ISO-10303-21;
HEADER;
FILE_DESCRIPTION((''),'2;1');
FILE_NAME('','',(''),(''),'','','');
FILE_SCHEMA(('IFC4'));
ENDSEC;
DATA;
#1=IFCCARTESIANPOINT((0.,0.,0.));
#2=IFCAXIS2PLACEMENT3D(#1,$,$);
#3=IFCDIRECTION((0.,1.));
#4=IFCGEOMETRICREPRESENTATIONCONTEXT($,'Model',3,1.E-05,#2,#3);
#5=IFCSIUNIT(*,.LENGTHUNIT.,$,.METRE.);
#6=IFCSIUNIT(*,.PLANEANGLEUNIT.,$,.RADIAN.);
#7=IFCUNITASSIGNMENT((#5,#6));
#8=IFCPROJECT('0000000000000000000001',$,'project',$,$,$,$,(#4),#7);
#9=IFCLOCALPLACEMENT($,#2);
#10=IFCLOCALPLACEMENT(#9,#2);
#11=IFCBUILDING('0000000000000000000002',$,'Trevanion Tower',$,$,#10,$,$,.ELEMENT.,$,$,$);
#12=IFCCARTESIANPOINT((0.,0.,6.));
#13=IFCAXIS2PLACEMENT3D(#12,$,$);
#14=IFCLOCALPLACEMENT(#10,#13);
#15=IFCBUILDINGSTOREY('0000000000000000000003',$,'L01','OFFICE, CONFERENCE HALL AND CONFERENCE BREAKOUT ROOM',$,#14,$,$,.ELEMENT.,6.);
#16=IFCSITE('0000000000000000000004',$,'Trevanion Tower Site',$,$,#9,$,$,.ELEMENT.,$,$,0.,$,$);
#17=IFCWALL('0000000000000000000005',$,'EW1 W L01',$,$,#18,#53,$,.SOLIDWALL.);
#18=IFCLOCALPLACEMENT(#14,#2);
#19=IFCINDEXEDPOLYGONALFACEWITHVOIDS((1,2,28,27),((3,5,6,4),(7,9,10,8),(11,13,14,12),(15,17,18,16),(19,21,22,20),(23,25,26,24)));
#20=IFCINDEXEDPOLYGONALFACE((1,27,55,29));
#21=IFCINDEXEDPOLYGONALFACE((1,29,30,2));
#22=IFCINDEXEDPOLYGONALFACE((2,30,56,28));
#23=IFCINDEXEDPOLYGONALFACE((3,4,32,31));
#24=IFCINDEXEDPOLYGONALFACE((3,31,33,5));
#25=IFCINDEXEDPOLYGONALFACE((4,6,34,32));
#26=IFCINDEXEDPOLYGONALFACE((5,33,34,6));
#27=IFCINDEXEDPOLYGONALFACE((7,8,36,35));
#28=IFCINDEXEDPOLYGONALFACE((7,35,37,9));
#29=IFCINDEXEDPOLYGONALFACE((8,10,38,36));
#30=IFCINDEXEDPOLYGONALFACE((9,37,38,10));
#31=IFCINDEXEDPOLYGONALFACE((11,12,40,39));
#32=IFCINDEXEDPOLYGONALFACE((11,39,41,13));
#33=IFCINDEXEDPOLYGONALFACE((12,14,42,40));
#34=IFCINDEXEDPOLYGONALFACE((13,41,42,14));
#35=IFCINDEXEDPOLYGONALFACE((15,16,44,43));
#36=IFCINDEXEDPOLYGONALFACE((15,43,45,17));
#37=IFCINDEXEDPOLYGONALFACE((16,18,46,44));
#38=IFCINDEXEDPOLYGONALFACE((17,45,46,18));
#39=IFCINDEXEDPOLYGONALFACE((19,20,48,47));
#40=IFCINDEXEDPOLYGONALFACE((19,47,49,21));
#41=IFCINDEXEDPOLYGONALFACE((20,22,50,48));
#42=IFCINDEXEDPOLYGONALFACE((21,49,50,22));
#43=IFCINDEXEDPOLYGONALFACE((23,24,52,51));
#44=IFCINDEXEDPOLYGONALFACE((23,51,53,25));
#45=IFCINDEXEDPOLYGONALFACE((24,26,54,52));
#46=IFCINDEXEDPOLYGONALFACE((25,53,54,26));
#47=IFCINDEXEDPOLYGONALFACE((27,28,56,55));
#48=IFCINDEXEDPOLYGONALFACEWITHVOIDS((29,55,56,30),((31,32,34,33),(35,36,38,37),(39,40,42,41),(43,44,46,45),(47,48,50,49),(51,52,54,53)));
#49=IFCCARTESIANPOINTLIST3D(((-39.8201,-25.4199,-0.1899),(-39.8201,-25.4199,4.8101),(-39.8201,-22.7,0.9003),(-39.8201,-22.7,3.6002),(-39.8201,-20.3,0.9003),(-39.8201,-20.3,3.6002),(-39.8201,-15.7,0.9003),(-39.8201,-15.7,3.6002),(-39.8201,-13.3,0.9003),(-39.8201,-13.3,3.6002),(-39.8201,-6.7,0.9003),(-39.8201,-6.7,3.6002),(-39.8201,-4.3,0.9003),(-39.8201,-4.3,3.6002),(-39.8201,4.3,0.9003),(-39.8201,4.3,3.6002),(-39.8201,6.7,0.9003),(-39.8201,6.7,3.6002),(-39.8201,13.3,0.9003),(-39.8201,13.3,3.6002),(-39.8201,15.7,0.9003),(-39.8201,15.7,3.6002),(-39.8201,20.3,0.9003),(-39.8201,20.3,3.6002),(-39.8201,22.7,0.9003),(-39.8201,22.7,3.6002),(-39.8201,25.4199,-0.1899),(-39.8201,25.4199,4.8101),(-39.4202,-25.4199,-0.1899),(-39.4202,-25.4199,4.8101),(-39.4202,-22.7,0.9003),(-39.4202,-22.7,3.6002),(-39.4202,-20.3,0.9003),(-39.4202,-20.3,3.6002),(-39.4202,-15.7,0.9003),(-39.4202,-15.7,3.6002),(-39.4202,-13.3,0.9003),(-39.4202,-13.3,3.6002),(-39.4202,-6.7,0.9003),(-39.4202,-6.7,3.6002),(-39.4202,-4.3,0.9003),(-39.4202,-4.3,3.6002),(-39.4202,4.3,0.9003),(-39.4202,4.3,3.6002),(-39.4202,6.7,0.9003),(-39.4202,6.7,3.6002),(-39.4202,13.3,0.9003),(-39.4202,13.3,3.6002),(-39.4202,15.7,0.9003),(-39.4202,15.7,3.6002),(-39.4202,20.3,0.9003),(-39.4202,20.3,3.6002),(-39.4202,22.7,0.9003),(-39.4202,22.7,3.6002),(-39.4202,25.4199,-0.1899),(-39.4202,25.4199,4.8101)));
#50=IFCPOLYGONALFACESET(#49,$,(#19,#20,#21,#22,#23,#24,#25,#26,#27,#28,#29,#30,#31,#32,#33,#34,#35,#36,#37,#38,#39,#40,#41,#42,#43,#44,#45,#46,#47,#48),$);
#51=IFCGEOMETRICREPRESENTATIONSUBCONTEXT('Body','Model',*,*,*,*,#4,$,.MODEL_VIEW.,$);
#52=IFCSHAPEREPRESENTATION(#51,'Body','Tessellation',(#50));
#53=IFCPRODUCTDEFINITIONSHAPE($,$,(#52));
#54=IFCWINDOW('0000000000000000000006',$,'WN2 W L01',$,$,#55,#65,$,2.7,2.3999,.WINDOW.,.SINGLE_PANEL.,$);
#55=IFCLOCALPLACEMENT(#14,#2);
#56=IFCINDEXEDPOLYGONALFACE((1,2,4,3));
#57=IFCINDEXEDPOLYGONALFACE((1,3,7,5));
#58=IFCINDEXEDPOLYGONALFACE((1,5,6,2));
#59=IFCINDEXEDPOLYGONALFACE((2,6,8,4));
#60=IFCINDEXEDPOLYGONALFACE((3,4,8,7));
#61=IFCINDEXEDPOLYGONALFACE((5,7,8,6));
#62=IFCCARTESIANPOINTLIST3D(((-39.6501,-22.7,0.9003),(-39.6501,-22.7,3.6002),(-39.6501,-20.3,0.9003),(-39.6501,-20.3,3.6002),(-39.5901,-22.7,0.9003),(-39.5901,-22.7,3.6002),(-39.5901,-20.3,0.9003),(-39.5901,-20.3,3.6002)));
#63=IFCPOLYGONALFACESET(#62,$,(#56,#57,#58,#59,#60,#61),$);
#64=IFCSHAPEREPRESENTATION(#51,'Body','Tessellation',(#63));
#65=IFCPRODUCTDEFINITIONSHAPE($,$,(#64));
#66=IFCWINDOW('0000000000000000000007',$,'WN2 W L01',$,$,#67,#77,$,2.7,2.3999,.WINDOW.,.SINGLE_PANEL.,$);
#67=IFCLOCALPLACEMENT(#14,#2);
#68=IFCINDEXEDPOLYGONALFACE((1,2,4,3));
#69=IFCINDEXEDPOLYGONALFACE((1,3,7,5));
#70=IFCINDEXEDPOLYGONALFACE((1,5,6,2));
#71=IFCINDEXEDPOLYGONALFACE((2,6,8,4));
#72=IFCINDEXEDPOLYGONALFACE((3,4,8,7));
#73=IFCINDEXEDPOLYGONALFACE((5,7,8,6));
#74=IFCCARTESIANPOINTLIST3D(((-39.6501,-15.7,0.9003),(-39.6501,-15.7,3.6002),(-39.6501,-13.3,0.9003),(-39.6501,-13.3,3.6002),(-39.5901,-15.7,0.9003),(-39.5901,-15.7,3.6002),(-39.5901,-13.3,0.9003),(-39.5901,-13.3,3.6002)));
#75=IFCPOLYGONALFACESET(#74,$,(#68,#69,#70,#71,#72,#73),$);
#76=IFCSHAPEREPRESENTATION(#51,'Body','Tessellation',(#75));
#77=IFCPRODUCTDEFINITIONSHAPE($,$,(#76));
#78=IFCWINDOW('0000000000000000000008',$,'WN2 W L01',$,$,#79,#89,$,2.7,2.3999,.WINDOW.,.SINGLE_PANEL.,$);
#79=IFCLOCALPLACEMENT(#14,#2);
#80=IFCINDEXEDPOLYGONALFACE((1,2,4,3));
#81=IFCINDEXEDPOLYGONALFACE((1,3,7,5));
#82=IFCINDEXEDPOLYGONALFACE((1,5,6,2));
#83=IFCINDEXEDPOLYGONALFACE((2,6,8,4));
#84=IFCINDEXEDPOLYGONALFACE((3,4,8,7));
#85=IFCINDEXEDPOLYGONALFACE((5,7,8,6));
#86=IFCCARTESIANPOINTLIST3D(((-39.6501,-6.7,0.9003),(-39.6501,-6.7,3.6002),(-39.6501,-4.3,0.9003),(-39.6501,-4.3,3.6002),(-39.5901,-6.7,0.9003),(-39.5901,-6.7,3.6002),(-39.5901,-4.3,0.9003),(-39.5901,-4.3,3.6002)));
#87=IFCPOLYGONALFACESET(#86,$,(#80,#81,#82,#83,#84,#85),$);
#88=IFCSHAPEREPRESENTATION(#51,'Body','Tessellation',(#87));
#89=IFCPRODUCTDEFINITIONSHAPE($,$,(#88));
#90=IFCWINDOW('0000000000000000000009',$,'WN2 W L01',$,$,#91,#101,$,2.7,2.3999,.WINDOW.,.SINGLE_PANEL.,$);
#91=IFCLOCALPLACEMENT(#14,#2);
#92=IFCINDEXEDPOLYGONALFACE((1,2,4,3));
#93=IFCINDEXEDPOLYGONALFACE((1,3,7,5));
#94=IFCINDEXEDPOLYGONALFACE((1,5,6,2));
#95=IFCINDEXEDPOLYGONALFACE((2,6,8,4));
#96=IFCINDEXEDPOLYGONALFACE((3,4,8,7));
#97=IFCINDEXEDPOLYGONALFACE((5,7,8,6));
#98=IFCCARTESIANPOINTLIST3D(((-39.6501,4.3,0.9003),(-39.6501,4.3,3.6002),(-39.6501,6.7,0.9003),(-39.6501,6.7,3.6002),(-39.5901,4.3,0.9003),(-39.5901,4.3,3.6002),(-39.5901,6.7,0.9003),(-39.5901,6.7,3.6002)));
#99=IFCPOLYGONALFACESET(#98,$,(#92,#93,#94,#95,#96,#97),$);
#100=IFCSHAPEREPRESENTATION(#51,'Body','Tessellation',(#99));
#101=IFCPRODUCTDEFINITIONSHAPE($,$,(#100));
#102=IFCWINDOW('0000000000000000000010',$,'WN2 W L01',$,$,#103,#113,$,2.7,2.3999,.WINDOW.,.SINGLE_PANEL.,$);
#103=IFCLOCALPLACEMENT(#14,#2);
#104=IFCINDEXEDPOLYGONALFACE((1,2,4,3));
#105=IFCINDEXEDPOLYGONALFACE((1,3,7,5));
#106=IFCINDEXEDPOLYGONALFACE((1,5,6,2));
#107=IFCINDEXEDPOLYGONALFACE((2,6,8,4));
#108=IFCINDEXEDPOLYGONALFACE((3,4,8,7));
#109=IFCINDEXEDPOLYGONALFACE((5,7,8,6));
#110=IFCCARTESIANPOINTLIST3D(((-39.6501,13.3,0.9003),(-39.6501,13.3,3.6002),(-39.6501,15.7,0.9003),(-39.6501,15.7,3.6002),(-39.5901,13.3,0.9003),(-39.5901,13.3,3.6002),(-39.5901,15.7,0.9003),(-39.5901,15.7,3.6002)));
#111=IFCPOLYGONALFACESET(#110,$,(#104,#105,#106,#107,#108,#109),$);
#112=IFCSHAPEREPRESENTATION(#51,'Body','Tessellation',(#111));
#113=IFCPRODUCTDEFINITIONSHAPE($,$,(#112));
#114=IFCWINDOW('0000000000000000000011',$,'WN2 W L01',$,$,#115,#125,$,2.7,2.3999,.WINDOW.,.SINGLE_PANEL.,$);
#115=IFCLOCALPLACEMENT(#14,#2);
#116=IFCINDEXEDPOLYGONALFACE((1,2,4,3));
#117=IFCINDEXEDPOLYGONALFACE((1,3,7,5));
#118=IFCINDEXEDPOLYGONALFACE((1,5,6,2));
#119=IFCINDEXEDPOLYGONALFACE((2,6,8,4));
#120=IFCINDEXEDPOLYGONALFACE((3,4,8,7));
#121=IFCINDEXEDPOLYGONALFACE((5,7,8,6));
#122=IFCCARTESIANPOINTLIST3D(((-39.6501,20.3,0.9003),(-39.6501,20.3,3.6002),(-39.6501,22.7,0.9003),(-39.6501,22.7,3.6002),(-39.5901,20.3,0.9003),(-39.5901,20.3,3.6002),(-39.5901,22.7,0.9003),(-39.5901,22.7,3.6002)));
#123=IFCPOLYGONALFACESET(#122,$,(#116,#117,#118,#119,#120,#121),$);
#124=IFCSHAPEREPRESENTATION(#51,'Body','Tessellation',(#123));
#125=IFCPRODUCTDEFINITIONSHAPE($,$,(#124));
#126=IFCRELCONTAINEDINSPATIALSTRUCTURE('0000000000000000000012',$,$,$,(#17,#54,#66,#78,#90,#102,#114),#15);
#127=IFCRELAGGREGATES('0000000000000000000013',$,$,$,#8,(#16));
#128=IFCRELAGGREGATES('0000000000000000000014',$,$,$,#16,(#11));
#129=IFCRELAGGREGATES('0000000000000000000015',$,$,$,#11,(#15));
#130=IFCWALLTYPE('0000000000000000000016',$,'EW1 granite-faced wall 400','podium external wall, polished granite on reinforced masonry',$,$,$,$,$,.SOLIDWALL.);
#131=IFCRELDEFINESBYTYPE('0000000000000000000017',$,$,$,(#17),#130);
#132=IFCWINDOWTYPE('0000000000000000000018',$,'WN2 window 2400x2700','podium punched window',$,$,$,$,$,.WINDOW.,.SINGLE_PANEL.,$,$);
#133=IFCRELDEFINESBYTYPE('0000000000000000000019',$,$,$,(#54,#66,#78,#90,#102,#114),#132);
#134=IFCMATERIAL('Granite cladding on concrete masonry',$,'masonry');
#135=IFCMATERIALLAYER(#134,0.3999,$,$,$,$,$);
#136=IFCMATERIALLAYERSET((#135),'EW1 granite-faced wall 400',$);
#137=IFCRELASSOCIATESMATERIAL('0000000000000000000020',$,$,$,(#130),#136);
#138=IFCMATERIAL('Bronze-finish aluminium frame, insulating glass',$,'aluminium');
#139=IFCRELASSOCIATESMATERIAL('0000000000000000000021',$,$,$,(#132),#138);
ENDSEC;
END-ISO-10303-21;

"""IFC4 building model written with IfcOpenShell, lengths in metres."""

from ifc_helpers import new_model, si_unit, direction, frame, frame_2d, origin, place, context, subcontext, project, spatial, rectangle, extrude, material, layer, layer_set, type_object, element, fill, save


model = new_model("IFC4")

# Units and contexts
model_context = context("Model", 3, precision=1e-05, world=origin(), true_north=direction((0.0, 1.0)))
body_context = subcontext(model_context, "Body", "Model", "MODEL_VIEW")
ifc_project = project(units=[si_unit("LENGTHUNIT", "METRE"), si_unit("PLANEANGLEUNIT", "RADIAN")], contexts=[model_context])

# Site, building, storey
site_placement = place(None, origin())
site = spatial("IfcSite", under=ifc_project, at=site_placement, Name="Trevanion Tower Site", CompositionType="ELEMENT", RefElevation=0.0)
building_placement = place(site_placement, origin())
building = spatial("IfcBuilding", under=site, at=building_placement, Name="Trevanion Tower", CompositionType="ELEMENT")
storey_placement = place(building_placement, frame((0.0, 0.0, 6.0)))
storey = spatial("IfcBuildingStorey", under=building, at=storey_placement, Name="L01", Description="OFFICE, CONFERENCE HALL AND CONFERENCE BREAKOUT ROOM", CompositionType="ELEMENT", Elevation=6.0)

# Wall, openings, windows
ifc_material_1 = material(Name="Granite cladding on concrete masonry", Category="masonry")
ifc_layer = layer(ifc_material_1, 0.3999)
ifc_layer_set = layer_set([ifc_layer], Name="EW1 granite-faced wall 400")
wall_type = type_object("IfcWallType", Name="EW1 granite-faced wall 400", Description="podium external wall, polished granite on reinforced masonry", PredefinedType="SOLIDWALL", material=ifc_layer_set)
wall_placement = place(storey_placement, frame((-39.6201, 25.4199, -0.1899), z_axis=(0.0, 0.0, 1.0), x_axis=(0.0, -1.0, 0.0)))
wall = element("IfcWall", 1, at=wall_placement, inside=storey, type_object=wall_type, Name="EW1 W L01", PredefinedType="SOLIDWALL", context=body_context, shape_type="SweptSolid", body=[
    extrude(rectangle(XDim=50.8398, YDim=0.3999, at=frame_2d((25.4199, 0.0))), origin(), (0.0, 0.0, 1.0), 5.0),
])
opening_1_placement = place(wall_placement, frame((45.72, 0.0, 1.0901)))
opening_1 = element("IfcOpeningElement", 2, at=opening_1_placement, cuts=wall, PredefinedType="OPENING", context=body_context, shape_type="SweptSolid", body=[
    extrude(rectangle(XDim=2.3999, YDim=2.7, at=frame_2d((1.2, 1.3501))), frame((0.0, 0.21, 0.0), z_axis=(0.0, -1.0, 0.0), x_axis=(1.0, 0.0, 0.0)), (0.0, 0.0, 1.0), 0.4199),
])
opening_2_placement = place(wall_placement, frame((38.72, 0.0, 1.0901)))
opening_2 = element("IfcOpeningElement", 3, at=opening_2_placement, cuts=wall, PredefinedType="OPENING", context=body_context, shape_type="SweptSolid", body=[
    extrude(rectangle(XDim=2.3999, YDim=2.7, at=frame_2d((1.2, 1.3501))), frame((0.0, 0.21, 0.0), z_axis=(0.0, -1.0, 0.0), x_axis=(1.0, 0.0, 0.0)), (0.0, 0.0, 1.0), 0.4199),
])
opening_3_placement = place(wall_placement, frame((29.72, 0.0, 1.0901)))
opening_3 = element("IfcOpeningElement", 4, at=opening_3_placement, cuts=wall, PredefinedType="OPENING", context=body_context, shape_type="SweptSolid", body=[
    extrude(rectangle(XDim=2.3999, YDim=2.7, at=frame_2d((1.2, 1.3501))), frame((0.0, 0.21, 0.0), z_axis=(0.0, -1.0, 0.0), x_axis=(1.0, 0.0, 0.0)), (0.0, 0.0, 1.0), 0.4199),
])
opening_4_placement = place(wall_placement, frame((18.72, 0.0, 1.0901)))
opening_4 = element("IfcOpeningElement", 5, at=opening_4_placement, cuts=wall, PredefinedType="OPENING", context=body_context, shape_type="SweptSolid", body=[
    extrude(rectangle(XDim=2.3999, YDim=2.7, at=frame_2d((1.2, 1.3501))), frame((0.0, 0.21, 0.0), z_axis=(0.0, -1.0, 0.0), x_axis=(1.0, 0.0, 0.0)), (0.0, 0.0, 1.0), 0.4199),
])
opening_5_placement = place(wall_placement, frame((9.72, 0.0, 1.0901)))
opening_5 = element("IfcOpeningElement", 6, at=opening_5_placement, cuts=wall, PredefinedType="OPENING", context=body_context, shape_type="SweptSolid", body=[
    extrude(rectangle(XDim=2.3999, YDim=2.7, at=frame_2d((1.2, 1.3501))), frame((0.0, 0.21, 0.0), z_axis=(0.0, -1.0, 0.0), x_axis=(1.0, 0.0, 0.0)), (0.0, 0.0, 1.0), 0.4199),
])
opening_6_placement = place(wall_placement, frame((2.72, 0.0, 1.0901)))
opening_6 = element("IfcOpeningElement", 7, at=opening_6_placement, cuts=wall, PredefinedType="OPENING", context=body_context, shape_type="SweptSolid", body=[
    extrude(rectangle(XDim=2.3999, YDim=2.7, at=frame_2d((1.2, 1.3501))), frame((0.0, 0.21, 0.0), z_axis=(0.0, -1.0, 0.0), x_axis=(1.0, 0.0, 0.0)), (0.0, 0.0, 1.0), 0.4199),
])
ifc_material_2 = material(Name="Bronze-finish aluminium frame, insulating glass", Category="aluminium")
window_type = type_object("IfcWindowType", Name="WN2 window 2400x2700", Description="podium punched window", PartitioningType="SINGLE_PANEL", PredefinedType="WINDOW", material=ifc_material_2)
window_1_placement = place(opening_1_placement, origin())
window_1 = element("IfcWindow", 8, at=window_1_placement, inside=storey, type_object=window_type, Name="WN2 W L01", OverallHeight=2.7, OverallWidth=2.3999, PartitioningType="SINGLE_PANEL", PredefinedType="WINDOW", context=body_context, shape_type="SweptSolid", body=[
    extrude(rectangle(XDim=2.3999, YDim=2.7, at=frame_2d((1.2, 1.3501))), frame((0.0, 0.03, 0.0), z_axis=(0.0, -1.0, 0.0), x_axis=(1.0, 0.0, 0.0)), (0.0, 0.0, 1.0), 0.0601),
])
fill(opening_1, window_1)
window_2_placement = place(opening_2_placement, origin())
window_2 = element("IfcWindow", 9, at=window_2_placement, inside=storey, type_object=window_type, Name="WN2 W L01", OverallHeight=2.7, OverallWidth=2.3999, PartitioningType="SINGLE_PANEL", PredefinedType="WINDOW", context=body_context, shape_type="SweptSolid", body=[
    extrude(rectangle(XDim=2.3999, YDim=2.7, at=frame_2d((1.2, 1.3501))), frame((0.0, 0.03, 0.0), z_axis=(0.0, -1.0, 0.0), x_axis=(1.0, 0.0, 0.0)), (0.0, 0.0, 1.0), 0.0601),
])
fill(opening_2, window_2)
window_3_placement = place(opening_3_placement, origin())
window_3 = element("IfcWindow", 10, at=window_3_placement, inside=storey, type_object=window_type, Name="WN2 W L01", OverallHeight=2.7, OverallWidth=2.3999, PartitioningType="SINGLE_PANEL", PredefinedType="WINDOW", context=body_context, shape_type="SweptSolid", body=[
    extrude(rectangle(XDim=2.3999, YDim=2.7, at=frame_2d((1.2, 1.3501))), frame((0.0, 0.03, 0.0), z_axis=(0.0, -1.0, 0.0), x_axis=(1.0, 0.0, 0.0)), (0.0, 0.0, 1.0), 0.0601),
])
fill(opening_3, window_3)
window_4_placement = place(opening_4_placement, origin())
window_4 = element("IfcWindow", 11, at=window_4_placement, inside=storey, type_object=window_type, Name="WN2 W L01", OverallHeight=2.7, OverallWidth=2.3999, PartitioningType="SINGLE_PANEL", PredefinedType="WINDOW", context=body_context, shape_type="SweptSolid", body=[
    extrude(rectangle(XDim=2.3999, YDim=2.7, at=frame_2d((1.2, 1.3501))), frame((0.0, 0.03, 0.0), z_axis=(0.0, -1.0, 0.0), x_axis=(1.0, 0.0, 0.0)), (0.0, 0.0, 1.0), 0.0601),
])
fill(opening_4, window_4)
window_5_placement = place(opening_5_placement, origin())
window_5 = element("IfcWindow", 12, at=window_5_placement, inside=storey, type_object=window_type, Name="WN2 W L01", OverallHeight=2.7, OverallWidth=2.3999, PartitioningType="SINGLE_PANEL", PredefinedType="WINDOW", context=body_context, shape_type="SweptSolid", body=[
    extrude(rectangle(XDim=2.3999, YDim=2.7, at=frame_2d((1.2, 1.3501))), frame((0.0, 0.03, 0.0), z_axis=(0.0, -1.0, 0.0), x_axis=(1.0, 0.0, 0.0)), (0.0, 0.0, 1.0), 0.0601),
])
fill(opening_5, window_5)
window_6_placement = place(opening_6_placement, origin())
window_6 = element("IfcWindow", 13, at=window_6_placement, inside=storey, type_object=window_type, Name="WN2 W L01", OverallHeight=2.7, OverallWidth=2.3999, PartitioningType="SINGLE_PANEL", PredefinedType="WINDOW", context=body_context, shape_type="SweptSolid", body=[
    extrude(rectangle(XDim=2.3999, YDim=2.7, at=frame_2d((1.2, 1.3501))), frame((0.0, 0.03, 0.0), z_axis=(0.0, -1.0, 0.0), x_axis=(1.0, 0.0, 0.0)), (0.0, 0.0, 1.0), 0.0601),
])
fill(opening_6, window_6)

save(model, "model.ifc")
